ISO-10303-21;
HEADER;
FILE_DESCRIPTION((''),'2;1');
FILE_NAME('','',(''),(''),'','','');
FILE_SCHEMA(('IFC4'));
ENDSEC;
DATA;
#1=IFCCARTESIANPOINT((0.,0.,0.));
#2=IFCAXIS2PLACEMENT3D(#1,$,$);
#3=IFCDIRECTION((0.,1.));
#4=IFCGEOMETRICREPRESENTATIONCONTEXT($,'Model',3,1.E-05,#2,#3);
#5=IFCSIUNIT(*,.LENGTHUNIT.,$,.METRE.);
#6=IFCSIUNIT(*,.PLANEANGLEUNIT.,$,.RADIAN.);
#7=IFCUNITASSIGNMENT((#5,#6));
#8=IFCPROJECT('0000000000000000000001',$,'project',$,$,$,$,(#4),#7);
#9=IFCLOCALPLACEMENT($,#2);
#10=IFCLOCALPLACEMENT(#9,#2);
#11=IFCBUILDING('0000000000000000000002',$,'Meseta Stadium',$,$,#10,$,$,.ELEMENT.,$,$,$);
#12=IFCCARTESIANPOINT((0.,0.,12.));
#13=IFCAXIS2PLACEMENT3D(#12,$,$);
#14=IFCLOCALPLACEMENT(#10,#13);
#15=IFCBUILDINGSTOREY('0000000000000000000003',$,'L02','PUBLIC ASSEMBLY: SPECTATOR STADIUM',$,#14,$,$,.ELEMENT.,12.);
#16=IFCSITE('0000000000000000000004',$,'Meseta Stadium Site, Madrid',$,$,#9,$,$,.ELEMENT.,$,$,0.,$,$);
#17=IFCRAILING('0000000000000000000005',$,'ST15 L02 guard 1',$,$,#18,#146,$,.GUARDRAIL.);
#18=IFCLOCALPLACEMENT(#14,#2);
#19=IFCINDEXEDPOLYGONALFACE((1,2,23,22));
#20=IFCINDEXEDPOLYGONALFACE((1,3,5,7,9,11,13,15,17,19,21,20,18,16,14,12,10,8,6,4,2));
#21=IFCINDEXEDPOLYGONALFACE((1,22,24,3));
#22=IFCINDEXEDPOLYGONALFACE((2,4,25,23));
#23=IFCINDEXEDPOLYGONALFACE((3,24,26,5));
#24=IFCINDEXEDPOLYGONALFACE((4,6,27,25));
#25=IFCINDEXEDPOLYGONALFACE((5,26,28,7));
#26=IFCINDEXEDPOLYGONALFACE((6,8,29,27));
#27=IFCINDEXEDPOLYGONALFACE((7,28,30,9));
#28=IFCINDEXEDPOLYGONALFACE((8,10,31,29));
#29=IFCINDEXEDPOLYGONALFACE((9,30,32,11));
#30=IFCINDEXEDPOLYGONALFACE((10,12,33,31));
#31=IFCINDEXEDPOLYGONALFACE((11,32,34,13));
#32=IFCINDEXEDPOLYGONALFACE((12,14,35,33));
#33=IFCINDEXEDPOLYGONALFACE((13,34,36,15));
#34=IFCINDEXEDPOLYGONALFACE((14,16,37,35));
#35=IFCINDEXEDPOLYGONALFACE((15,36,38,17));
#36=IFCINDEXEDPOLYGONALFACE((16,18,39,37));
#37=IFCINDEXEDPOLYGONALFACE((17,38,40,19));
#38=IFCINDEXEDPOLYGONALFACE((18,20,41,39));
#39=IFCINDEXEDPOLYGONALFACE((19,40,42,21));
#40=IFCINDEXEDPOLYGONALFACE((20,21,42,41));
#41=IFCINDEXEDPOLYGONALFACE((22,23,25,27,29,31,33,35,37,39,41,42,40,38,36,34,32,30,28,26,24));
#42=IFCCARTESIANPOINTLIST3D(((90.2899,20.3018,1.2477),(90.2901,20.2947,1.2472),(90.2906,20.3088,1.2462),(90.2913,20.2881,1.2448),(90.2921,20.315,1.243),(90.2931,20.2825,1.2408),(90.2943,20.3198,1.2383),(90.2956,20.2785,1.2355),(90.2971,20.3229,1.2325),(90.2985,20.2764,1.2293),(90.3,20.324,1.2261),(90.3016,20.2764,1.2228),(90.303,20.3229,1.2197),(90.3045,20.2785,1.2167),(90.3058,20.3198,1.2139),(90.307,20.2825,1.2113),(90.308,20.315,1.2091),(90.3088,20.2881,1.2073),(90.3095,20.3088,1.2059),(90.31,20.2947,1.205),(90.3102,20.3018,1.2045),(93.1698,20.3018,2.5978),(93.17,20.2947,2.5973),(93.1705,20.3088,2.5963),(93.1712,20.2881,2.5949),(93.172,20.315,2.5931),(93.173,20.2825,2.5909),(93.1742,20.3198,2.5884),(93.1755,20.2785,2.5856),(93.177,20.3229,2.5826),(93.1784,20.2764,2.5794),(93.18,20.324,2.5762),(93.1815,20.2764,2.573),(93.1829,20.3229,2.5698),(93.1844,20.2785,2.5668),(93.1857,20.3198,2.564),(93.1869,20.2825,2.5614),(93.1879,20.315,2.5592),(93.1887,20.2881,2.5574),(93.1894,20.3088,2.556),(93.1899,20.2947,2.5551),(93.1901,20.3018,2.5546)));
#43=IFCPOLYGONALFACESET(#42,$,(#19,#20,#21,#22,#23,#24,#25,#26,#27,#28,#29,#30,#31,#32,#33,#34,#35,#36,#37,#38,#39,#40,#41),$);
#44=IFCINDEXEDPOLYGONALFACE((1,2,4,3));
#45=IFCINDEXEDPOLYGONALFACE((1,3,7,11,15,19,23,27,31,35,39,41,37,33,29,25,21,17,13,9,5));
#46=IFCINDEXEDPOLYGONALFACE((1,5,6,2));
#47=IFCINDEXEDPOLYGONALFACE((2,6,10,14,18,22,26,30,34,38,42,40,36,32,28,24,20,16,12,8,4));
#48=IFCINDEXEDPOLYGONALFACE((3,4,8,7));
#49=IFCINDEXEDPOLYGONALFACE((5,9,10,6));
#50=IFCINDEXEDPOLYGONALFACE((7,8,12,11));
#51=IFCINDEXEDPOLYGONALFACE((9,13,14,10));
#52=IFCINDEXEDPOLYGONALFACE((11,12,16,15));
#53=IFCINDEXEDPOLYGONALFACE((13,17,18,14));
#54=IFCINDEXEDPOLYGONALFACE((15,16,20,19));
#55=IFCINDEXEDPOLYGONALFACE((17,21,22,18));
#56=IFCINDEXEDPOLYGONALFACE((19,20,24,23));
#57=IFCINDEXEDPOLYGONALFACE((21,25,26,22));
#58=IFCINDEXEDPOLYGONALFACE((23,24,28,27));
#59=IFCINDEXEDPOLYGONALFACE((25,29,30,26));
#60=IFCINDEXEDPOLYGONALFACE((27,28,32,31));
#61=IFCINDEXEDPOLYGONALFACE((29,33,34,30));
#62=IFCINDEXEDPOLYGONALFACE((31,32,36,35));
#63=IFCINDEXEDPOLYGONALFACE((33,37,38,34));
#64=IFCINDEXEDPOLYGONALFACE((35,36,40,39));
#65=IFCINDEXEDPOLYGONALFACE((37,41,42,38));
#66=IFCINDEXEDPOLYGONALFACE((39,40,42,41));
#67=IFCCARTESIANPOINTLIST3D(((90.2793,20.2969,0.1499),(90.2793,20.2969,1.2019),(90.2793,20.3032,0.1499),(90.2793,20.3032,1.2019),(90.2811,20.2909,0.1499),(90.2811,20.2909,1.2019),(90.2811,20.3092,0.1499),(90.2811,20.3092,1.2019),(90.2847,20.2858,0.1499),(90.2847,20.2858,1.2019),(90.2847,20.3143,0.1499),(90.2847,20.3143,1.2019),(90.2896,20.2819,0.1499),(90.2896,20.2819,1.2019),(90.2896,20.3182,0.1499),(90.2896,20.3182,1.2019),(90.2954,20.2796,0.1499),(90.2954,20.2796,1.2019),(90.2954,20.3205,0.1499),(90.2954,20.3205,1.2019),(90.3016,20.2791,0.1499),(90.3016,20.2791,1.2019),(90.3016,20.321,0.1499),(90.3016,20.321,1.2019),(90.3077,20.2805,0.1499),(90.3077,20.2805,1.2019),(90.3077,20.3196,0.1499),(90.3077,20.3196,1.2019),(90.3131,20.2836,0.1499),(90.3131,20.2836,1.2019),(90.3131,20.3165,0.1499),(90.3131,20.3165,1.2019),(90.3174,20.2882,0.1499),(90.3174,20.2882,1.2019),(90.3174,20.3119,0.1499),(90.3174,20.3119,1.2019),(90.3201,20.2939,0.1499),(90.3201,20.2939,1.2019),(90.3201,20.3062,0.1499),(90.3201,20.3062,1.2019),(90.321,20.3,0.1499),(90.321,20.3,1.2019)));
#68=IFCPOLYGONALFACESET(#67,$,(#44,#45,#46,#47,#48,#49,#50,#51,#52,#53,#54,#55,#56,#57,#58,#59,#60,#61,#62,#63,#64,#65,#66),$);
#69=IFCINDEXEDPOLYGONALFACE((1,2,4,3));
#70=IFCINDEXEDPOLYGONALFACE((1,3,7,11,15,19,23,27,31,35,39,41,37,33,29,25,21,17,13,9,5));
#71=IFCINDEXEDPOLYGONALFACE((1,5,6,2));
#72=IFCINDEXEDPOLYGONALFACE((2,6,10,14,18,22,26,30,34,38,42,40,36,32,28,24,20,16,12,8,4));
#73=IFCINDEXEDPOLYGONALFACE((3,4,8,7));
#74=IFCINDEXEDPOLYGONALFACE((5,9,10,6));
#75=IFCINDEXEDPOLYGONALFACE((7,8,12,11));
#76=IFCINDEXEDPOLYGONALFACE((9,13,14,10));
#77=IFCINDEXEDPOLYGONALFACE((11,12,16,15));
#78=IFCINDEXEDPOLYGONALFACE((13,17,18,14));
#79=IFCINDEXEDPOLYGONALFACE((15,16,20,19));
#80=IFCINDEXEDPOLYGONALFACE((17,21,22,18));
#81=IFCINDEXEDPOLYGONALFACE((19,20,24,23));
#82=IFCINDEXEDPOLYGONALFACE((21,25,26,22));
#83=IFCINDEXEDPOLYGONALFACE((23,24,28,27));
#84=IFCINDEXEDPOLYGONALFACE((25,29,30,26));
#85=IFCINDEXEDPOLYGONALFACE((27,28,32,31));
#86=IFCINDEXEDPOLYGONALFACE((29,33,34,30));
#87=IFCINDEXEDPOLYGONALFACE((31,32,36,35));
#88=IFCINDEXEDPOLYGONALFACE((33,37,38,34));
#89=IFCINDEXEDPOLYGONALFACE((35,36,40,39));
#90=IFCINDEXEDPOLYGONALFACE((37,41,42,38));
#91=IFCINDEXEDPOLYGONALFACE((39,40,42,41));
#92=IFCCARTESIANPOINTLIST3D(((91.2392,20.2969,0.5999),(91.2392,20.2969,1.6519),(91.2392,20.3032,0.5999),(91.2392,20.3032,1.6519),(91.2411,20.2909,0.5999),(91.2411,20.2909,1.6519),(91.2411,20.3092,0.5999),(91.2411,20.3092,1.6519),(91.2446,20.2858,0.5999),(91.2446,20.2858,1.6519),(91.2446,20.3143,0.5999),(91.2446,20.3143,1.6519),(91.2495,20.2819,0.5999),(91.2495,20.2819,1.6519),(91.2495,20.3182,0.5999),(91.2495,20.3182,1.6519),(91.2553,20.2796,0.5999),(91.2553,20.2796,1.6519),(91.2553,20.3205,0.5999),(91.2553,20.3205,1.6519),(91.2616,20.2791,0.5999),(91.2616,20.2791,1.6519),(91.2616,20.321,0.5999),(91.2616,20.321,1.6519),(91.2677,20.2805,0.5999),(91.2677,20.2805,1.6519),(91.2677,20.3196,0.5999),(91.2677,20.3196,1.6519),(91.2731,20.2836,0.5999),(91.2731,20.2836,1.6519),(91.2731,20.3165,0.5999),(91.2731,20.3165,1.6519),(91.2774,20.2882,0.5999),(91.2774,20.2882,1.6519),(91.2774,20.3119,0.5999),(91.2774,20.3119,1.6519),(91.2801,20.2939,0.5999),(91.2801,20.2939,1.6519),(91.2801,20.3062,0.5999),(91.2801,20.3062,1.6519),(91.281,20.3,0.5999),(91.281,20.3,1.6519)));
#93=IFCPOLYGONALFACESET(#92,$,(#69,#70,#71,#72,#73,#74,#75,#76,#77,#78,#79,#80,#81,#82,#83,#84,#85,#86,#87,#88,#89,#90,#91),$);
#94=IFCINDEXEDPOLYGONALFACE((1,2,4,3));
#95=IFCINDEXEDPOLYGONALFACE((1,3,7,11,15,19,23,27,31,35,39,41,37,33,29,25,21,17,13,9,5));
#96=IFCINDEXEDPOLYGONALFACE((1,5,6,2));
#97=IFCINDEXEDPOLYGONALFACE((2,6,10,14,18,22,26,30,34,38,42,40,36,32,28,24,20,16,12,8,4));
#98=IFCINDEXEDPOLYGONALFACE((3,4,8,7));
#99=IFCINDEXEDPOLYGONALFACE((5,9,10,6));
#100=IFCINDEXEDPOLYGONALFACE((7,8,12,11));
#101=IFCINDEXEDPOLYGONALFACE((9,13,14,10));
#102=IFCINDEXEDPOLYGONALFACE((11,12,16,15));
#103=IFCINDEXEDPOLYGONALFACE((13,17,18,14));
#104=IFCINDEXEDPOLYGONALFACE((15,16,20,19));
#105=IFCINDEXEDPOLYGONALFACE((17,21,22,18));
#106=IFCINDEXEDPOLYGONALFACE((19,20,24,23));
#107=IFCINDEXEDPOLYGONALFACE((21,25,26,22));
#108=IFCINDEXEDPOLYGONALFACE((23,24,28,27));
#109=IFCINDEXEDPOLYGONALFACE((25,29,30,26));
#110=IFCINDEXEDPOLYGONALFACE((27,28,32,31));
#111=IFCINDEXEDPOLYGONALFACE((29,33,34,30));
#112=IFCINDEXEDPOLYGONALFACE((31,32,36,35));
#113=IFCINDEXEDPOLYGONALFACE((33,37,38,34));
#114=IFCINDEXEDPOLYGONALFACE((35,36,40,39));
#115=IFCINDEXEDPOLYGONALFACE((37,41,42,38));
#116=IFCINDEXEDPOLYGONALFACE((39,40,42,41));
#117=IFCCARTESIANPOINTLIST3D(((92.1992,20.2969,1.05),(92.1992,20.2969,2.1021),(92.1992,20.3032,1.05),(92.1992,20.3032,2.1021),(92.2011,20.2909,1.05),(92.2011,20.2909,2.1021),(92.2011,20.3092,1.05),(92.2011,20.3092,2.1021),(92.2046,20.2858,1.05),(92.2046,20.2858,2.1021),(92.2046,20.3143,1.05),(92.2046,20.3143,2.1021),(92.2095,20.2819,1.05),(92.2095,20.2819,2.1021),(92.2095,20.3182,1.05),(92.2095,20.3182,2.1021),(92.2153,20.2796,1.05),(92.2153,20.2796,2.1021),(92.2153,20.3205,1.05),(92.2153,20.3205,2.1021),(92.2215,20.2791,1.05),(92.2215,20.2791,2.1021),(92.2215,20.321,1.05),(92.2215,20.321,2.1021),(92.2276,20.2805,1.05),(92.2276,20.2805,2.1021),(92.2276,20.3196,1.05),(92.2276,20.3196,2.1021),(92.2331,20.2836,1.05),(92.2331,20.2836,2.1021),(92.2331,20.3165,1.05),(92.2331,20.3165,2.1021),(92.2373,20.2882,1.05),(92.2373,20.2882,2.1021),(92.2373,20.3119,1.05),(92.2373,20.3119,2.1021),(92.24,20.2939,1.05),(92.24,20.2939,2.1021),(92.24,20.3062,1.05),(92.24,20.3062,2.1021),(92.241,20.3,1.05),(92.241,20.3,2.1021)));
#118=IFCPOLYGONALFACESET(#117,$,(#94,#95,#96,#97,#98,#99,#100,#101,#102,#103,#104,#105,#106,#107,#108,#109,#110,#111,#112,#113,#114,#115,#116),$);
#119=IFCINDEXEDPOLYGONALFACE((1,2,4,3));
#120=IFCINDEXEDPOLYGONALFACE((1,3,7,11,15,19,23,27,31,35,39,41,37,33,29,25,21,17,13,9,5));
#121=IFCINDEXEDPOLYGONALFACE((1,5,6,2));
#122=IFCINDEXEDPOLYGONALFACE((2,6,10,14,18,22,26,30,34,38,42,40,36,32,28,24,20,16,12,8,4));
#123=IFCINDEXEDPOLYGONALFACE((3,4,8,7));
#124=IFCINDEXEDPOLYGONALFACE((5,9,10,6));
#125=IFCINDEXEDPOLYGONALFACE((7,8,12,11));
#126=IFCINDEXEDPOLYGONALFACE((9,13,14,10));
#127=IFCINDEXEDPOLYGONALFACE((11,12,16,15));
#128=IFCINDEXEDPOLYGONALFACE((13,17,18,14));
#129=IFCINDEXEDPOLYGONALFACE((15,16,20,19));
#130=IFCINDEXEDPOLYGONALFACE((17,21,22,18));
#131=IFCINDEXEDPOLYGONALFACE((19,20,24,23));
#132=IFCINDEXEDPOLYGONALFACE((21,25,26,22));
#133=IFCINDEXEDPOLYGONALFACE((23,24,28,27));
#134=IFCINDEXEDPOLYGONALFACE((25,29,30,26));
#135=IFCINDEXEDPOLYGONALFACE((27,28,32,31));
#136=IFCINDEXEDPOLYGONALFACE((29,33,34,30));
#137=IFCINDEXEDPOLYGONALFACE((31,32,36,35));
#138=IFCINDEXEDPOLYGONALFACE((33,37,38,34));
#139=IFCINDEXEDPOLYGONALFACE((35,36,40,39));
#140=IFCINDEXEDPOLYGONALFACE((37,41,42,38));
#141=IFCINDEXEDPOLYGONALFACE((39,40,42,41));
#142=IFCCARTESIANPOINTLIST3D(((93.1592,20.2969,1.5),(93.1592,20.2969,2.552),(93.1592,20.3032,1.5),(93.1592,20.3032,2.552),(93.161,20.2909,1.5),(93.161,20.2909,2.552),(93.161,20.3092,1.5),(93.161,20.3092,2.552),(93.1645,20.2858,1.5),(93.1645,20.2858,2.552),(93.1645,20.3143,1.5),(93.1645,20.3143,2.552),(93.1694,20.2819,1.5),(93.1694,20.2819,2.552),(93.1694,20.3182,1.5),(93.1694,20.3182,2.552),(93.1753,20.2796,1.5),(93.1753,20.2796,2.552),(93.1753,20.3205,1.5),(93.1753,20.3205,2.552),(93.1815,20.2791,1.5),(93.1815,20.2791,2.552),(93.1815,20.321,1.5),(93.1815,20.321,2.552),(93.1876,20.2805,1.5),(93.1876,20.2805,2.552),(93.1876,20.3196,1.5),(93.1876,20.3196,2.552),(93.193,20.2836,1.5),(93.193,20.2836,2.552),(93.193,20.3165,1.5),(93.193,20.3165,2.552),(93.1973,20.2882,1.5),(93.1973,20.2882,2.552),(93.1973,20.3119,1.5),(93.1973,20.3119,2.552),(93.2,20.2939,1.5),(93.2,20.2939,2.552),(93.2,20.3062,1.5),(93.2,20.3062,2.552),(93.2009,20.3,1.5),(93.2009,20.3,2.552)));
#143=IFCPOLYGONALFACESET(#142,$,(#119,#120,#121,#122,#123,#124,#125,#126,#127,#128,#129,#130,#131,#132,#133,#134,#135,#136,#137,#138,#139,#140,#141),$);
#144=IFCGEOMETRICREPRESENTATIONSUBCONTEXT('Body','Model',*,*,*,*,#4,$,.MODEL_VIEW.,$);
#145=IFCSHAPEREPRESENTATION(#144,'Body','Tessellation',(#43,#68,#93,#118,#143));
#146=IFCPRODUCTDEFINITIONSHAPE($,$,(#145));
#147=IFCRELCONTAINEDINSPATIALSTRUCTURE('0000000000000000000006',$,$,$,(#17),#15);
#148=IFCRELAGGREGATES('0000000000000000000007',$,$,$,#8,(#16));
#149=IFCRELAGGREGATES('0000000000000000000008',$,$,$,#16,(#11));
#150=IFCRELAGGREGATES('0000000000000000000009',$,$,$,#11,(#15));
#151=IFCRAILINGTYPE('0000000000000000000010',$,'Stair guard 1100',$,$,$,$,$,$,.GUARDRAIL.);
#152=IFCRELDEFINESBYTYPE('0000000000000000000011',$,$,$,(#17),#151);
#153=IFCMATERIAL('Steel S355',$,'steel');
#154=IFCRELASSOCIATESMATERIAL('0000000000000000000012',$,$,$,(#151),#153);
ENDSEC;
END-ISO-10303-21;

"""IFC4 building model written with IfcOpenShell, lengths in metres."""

from ifc_helpers import new_model, si_unit, direction, frame, origin, origin_2d, place, context, subcontext, project, spatial, circle, extrude, material, type_object, element, save


model = new_model("IFC4")

# Units and contexts
model_context = context("Model", 3, precision=1e-05, world=origin(), true_north=direction((0.0, 1.0)))
body_context = subcontext(model_context, "Body", "Model", "MODEL_VIEW")
ifc_project = project(units=[si_unit("LENGTHUNIT", "METRE"), si_unit("PLANEANGLEUNIT", "RADIAN")], contexts=[model_context])

# Site, building, storey
site_placement = place(None, origin())
site = spatial("IfcSite", under=ifc_project, at=site_placement, Name="Meseta Stadium Site, Madrid", CompositionType="ELEMENT", RefElevation=0.0)
building_placement = place(site_placement, origin())
building = spatial("IfcBuilding", under=site, at=building_placement, Name="Meseta Stadium", CompositionType="ELEMENT")
storey_placement = place(building_placement, frame((0.0, 0.0, 12.0)))
storey = spatial("IfcBuildingStorey", under=building, at=storey_placement, Name="L02", Description="PUBLIC ASSEMBLY: SPECTATOR STADIUM", CompositionType="ELEMENT", Elevation=12.0)

# Railing
ifc_material_1 = material(Name="Steel S355", Category="steel")
railing_type_1 = type_object("IfcRailingType", Name="Stair guard 1100", PredefinedType="GUARDRAIL", material=ifc_material_1)
railing_1_placement = place(storey_placement, frame((90.3, 20.3, 0.1499)))
element("IfcRailing", 1, at=railing_1_placement, inside=storey, type_object=railing_type_1, Name="ST15 L02 guard 1", PredefinedType="GUARDRAIL", context=body_context, shape_type="SweptSolid", body=[
    extrude(circle(Radius=0.0239, at=origin_2d()), frame((0.0, 0.0, 1.0762), z_axis=(0.90544, 0.0, 0.424473), x_axis=(0.0, 1.0, 0.0)), (0.0, 0.0, 1.0), 3.1807),
    extrude(circle(Radius=0.021, at=origin_2d()), origin(), (0.0, 0.0, 1.0), 1.052),
    extrude(circle(Radius=0.021, at=origin_2d()), frame((0.96, 0.0, 0.45)), (0.0, 0.0, 1.0), 1.052),
    extrude(circle(Radius=0.021, at=origin_2d()), frame((1.9199, 0.0, 0.9001)), (0.0, 0.0, 1.0), 1.052),
    extrude(circle(Radius=0.021, at=origin_2d()), frame((2.8799, 0.0, 1.3501)), (0.0, 0.0, 1.0), 1.052),
])

save(model, "model.ifc")
